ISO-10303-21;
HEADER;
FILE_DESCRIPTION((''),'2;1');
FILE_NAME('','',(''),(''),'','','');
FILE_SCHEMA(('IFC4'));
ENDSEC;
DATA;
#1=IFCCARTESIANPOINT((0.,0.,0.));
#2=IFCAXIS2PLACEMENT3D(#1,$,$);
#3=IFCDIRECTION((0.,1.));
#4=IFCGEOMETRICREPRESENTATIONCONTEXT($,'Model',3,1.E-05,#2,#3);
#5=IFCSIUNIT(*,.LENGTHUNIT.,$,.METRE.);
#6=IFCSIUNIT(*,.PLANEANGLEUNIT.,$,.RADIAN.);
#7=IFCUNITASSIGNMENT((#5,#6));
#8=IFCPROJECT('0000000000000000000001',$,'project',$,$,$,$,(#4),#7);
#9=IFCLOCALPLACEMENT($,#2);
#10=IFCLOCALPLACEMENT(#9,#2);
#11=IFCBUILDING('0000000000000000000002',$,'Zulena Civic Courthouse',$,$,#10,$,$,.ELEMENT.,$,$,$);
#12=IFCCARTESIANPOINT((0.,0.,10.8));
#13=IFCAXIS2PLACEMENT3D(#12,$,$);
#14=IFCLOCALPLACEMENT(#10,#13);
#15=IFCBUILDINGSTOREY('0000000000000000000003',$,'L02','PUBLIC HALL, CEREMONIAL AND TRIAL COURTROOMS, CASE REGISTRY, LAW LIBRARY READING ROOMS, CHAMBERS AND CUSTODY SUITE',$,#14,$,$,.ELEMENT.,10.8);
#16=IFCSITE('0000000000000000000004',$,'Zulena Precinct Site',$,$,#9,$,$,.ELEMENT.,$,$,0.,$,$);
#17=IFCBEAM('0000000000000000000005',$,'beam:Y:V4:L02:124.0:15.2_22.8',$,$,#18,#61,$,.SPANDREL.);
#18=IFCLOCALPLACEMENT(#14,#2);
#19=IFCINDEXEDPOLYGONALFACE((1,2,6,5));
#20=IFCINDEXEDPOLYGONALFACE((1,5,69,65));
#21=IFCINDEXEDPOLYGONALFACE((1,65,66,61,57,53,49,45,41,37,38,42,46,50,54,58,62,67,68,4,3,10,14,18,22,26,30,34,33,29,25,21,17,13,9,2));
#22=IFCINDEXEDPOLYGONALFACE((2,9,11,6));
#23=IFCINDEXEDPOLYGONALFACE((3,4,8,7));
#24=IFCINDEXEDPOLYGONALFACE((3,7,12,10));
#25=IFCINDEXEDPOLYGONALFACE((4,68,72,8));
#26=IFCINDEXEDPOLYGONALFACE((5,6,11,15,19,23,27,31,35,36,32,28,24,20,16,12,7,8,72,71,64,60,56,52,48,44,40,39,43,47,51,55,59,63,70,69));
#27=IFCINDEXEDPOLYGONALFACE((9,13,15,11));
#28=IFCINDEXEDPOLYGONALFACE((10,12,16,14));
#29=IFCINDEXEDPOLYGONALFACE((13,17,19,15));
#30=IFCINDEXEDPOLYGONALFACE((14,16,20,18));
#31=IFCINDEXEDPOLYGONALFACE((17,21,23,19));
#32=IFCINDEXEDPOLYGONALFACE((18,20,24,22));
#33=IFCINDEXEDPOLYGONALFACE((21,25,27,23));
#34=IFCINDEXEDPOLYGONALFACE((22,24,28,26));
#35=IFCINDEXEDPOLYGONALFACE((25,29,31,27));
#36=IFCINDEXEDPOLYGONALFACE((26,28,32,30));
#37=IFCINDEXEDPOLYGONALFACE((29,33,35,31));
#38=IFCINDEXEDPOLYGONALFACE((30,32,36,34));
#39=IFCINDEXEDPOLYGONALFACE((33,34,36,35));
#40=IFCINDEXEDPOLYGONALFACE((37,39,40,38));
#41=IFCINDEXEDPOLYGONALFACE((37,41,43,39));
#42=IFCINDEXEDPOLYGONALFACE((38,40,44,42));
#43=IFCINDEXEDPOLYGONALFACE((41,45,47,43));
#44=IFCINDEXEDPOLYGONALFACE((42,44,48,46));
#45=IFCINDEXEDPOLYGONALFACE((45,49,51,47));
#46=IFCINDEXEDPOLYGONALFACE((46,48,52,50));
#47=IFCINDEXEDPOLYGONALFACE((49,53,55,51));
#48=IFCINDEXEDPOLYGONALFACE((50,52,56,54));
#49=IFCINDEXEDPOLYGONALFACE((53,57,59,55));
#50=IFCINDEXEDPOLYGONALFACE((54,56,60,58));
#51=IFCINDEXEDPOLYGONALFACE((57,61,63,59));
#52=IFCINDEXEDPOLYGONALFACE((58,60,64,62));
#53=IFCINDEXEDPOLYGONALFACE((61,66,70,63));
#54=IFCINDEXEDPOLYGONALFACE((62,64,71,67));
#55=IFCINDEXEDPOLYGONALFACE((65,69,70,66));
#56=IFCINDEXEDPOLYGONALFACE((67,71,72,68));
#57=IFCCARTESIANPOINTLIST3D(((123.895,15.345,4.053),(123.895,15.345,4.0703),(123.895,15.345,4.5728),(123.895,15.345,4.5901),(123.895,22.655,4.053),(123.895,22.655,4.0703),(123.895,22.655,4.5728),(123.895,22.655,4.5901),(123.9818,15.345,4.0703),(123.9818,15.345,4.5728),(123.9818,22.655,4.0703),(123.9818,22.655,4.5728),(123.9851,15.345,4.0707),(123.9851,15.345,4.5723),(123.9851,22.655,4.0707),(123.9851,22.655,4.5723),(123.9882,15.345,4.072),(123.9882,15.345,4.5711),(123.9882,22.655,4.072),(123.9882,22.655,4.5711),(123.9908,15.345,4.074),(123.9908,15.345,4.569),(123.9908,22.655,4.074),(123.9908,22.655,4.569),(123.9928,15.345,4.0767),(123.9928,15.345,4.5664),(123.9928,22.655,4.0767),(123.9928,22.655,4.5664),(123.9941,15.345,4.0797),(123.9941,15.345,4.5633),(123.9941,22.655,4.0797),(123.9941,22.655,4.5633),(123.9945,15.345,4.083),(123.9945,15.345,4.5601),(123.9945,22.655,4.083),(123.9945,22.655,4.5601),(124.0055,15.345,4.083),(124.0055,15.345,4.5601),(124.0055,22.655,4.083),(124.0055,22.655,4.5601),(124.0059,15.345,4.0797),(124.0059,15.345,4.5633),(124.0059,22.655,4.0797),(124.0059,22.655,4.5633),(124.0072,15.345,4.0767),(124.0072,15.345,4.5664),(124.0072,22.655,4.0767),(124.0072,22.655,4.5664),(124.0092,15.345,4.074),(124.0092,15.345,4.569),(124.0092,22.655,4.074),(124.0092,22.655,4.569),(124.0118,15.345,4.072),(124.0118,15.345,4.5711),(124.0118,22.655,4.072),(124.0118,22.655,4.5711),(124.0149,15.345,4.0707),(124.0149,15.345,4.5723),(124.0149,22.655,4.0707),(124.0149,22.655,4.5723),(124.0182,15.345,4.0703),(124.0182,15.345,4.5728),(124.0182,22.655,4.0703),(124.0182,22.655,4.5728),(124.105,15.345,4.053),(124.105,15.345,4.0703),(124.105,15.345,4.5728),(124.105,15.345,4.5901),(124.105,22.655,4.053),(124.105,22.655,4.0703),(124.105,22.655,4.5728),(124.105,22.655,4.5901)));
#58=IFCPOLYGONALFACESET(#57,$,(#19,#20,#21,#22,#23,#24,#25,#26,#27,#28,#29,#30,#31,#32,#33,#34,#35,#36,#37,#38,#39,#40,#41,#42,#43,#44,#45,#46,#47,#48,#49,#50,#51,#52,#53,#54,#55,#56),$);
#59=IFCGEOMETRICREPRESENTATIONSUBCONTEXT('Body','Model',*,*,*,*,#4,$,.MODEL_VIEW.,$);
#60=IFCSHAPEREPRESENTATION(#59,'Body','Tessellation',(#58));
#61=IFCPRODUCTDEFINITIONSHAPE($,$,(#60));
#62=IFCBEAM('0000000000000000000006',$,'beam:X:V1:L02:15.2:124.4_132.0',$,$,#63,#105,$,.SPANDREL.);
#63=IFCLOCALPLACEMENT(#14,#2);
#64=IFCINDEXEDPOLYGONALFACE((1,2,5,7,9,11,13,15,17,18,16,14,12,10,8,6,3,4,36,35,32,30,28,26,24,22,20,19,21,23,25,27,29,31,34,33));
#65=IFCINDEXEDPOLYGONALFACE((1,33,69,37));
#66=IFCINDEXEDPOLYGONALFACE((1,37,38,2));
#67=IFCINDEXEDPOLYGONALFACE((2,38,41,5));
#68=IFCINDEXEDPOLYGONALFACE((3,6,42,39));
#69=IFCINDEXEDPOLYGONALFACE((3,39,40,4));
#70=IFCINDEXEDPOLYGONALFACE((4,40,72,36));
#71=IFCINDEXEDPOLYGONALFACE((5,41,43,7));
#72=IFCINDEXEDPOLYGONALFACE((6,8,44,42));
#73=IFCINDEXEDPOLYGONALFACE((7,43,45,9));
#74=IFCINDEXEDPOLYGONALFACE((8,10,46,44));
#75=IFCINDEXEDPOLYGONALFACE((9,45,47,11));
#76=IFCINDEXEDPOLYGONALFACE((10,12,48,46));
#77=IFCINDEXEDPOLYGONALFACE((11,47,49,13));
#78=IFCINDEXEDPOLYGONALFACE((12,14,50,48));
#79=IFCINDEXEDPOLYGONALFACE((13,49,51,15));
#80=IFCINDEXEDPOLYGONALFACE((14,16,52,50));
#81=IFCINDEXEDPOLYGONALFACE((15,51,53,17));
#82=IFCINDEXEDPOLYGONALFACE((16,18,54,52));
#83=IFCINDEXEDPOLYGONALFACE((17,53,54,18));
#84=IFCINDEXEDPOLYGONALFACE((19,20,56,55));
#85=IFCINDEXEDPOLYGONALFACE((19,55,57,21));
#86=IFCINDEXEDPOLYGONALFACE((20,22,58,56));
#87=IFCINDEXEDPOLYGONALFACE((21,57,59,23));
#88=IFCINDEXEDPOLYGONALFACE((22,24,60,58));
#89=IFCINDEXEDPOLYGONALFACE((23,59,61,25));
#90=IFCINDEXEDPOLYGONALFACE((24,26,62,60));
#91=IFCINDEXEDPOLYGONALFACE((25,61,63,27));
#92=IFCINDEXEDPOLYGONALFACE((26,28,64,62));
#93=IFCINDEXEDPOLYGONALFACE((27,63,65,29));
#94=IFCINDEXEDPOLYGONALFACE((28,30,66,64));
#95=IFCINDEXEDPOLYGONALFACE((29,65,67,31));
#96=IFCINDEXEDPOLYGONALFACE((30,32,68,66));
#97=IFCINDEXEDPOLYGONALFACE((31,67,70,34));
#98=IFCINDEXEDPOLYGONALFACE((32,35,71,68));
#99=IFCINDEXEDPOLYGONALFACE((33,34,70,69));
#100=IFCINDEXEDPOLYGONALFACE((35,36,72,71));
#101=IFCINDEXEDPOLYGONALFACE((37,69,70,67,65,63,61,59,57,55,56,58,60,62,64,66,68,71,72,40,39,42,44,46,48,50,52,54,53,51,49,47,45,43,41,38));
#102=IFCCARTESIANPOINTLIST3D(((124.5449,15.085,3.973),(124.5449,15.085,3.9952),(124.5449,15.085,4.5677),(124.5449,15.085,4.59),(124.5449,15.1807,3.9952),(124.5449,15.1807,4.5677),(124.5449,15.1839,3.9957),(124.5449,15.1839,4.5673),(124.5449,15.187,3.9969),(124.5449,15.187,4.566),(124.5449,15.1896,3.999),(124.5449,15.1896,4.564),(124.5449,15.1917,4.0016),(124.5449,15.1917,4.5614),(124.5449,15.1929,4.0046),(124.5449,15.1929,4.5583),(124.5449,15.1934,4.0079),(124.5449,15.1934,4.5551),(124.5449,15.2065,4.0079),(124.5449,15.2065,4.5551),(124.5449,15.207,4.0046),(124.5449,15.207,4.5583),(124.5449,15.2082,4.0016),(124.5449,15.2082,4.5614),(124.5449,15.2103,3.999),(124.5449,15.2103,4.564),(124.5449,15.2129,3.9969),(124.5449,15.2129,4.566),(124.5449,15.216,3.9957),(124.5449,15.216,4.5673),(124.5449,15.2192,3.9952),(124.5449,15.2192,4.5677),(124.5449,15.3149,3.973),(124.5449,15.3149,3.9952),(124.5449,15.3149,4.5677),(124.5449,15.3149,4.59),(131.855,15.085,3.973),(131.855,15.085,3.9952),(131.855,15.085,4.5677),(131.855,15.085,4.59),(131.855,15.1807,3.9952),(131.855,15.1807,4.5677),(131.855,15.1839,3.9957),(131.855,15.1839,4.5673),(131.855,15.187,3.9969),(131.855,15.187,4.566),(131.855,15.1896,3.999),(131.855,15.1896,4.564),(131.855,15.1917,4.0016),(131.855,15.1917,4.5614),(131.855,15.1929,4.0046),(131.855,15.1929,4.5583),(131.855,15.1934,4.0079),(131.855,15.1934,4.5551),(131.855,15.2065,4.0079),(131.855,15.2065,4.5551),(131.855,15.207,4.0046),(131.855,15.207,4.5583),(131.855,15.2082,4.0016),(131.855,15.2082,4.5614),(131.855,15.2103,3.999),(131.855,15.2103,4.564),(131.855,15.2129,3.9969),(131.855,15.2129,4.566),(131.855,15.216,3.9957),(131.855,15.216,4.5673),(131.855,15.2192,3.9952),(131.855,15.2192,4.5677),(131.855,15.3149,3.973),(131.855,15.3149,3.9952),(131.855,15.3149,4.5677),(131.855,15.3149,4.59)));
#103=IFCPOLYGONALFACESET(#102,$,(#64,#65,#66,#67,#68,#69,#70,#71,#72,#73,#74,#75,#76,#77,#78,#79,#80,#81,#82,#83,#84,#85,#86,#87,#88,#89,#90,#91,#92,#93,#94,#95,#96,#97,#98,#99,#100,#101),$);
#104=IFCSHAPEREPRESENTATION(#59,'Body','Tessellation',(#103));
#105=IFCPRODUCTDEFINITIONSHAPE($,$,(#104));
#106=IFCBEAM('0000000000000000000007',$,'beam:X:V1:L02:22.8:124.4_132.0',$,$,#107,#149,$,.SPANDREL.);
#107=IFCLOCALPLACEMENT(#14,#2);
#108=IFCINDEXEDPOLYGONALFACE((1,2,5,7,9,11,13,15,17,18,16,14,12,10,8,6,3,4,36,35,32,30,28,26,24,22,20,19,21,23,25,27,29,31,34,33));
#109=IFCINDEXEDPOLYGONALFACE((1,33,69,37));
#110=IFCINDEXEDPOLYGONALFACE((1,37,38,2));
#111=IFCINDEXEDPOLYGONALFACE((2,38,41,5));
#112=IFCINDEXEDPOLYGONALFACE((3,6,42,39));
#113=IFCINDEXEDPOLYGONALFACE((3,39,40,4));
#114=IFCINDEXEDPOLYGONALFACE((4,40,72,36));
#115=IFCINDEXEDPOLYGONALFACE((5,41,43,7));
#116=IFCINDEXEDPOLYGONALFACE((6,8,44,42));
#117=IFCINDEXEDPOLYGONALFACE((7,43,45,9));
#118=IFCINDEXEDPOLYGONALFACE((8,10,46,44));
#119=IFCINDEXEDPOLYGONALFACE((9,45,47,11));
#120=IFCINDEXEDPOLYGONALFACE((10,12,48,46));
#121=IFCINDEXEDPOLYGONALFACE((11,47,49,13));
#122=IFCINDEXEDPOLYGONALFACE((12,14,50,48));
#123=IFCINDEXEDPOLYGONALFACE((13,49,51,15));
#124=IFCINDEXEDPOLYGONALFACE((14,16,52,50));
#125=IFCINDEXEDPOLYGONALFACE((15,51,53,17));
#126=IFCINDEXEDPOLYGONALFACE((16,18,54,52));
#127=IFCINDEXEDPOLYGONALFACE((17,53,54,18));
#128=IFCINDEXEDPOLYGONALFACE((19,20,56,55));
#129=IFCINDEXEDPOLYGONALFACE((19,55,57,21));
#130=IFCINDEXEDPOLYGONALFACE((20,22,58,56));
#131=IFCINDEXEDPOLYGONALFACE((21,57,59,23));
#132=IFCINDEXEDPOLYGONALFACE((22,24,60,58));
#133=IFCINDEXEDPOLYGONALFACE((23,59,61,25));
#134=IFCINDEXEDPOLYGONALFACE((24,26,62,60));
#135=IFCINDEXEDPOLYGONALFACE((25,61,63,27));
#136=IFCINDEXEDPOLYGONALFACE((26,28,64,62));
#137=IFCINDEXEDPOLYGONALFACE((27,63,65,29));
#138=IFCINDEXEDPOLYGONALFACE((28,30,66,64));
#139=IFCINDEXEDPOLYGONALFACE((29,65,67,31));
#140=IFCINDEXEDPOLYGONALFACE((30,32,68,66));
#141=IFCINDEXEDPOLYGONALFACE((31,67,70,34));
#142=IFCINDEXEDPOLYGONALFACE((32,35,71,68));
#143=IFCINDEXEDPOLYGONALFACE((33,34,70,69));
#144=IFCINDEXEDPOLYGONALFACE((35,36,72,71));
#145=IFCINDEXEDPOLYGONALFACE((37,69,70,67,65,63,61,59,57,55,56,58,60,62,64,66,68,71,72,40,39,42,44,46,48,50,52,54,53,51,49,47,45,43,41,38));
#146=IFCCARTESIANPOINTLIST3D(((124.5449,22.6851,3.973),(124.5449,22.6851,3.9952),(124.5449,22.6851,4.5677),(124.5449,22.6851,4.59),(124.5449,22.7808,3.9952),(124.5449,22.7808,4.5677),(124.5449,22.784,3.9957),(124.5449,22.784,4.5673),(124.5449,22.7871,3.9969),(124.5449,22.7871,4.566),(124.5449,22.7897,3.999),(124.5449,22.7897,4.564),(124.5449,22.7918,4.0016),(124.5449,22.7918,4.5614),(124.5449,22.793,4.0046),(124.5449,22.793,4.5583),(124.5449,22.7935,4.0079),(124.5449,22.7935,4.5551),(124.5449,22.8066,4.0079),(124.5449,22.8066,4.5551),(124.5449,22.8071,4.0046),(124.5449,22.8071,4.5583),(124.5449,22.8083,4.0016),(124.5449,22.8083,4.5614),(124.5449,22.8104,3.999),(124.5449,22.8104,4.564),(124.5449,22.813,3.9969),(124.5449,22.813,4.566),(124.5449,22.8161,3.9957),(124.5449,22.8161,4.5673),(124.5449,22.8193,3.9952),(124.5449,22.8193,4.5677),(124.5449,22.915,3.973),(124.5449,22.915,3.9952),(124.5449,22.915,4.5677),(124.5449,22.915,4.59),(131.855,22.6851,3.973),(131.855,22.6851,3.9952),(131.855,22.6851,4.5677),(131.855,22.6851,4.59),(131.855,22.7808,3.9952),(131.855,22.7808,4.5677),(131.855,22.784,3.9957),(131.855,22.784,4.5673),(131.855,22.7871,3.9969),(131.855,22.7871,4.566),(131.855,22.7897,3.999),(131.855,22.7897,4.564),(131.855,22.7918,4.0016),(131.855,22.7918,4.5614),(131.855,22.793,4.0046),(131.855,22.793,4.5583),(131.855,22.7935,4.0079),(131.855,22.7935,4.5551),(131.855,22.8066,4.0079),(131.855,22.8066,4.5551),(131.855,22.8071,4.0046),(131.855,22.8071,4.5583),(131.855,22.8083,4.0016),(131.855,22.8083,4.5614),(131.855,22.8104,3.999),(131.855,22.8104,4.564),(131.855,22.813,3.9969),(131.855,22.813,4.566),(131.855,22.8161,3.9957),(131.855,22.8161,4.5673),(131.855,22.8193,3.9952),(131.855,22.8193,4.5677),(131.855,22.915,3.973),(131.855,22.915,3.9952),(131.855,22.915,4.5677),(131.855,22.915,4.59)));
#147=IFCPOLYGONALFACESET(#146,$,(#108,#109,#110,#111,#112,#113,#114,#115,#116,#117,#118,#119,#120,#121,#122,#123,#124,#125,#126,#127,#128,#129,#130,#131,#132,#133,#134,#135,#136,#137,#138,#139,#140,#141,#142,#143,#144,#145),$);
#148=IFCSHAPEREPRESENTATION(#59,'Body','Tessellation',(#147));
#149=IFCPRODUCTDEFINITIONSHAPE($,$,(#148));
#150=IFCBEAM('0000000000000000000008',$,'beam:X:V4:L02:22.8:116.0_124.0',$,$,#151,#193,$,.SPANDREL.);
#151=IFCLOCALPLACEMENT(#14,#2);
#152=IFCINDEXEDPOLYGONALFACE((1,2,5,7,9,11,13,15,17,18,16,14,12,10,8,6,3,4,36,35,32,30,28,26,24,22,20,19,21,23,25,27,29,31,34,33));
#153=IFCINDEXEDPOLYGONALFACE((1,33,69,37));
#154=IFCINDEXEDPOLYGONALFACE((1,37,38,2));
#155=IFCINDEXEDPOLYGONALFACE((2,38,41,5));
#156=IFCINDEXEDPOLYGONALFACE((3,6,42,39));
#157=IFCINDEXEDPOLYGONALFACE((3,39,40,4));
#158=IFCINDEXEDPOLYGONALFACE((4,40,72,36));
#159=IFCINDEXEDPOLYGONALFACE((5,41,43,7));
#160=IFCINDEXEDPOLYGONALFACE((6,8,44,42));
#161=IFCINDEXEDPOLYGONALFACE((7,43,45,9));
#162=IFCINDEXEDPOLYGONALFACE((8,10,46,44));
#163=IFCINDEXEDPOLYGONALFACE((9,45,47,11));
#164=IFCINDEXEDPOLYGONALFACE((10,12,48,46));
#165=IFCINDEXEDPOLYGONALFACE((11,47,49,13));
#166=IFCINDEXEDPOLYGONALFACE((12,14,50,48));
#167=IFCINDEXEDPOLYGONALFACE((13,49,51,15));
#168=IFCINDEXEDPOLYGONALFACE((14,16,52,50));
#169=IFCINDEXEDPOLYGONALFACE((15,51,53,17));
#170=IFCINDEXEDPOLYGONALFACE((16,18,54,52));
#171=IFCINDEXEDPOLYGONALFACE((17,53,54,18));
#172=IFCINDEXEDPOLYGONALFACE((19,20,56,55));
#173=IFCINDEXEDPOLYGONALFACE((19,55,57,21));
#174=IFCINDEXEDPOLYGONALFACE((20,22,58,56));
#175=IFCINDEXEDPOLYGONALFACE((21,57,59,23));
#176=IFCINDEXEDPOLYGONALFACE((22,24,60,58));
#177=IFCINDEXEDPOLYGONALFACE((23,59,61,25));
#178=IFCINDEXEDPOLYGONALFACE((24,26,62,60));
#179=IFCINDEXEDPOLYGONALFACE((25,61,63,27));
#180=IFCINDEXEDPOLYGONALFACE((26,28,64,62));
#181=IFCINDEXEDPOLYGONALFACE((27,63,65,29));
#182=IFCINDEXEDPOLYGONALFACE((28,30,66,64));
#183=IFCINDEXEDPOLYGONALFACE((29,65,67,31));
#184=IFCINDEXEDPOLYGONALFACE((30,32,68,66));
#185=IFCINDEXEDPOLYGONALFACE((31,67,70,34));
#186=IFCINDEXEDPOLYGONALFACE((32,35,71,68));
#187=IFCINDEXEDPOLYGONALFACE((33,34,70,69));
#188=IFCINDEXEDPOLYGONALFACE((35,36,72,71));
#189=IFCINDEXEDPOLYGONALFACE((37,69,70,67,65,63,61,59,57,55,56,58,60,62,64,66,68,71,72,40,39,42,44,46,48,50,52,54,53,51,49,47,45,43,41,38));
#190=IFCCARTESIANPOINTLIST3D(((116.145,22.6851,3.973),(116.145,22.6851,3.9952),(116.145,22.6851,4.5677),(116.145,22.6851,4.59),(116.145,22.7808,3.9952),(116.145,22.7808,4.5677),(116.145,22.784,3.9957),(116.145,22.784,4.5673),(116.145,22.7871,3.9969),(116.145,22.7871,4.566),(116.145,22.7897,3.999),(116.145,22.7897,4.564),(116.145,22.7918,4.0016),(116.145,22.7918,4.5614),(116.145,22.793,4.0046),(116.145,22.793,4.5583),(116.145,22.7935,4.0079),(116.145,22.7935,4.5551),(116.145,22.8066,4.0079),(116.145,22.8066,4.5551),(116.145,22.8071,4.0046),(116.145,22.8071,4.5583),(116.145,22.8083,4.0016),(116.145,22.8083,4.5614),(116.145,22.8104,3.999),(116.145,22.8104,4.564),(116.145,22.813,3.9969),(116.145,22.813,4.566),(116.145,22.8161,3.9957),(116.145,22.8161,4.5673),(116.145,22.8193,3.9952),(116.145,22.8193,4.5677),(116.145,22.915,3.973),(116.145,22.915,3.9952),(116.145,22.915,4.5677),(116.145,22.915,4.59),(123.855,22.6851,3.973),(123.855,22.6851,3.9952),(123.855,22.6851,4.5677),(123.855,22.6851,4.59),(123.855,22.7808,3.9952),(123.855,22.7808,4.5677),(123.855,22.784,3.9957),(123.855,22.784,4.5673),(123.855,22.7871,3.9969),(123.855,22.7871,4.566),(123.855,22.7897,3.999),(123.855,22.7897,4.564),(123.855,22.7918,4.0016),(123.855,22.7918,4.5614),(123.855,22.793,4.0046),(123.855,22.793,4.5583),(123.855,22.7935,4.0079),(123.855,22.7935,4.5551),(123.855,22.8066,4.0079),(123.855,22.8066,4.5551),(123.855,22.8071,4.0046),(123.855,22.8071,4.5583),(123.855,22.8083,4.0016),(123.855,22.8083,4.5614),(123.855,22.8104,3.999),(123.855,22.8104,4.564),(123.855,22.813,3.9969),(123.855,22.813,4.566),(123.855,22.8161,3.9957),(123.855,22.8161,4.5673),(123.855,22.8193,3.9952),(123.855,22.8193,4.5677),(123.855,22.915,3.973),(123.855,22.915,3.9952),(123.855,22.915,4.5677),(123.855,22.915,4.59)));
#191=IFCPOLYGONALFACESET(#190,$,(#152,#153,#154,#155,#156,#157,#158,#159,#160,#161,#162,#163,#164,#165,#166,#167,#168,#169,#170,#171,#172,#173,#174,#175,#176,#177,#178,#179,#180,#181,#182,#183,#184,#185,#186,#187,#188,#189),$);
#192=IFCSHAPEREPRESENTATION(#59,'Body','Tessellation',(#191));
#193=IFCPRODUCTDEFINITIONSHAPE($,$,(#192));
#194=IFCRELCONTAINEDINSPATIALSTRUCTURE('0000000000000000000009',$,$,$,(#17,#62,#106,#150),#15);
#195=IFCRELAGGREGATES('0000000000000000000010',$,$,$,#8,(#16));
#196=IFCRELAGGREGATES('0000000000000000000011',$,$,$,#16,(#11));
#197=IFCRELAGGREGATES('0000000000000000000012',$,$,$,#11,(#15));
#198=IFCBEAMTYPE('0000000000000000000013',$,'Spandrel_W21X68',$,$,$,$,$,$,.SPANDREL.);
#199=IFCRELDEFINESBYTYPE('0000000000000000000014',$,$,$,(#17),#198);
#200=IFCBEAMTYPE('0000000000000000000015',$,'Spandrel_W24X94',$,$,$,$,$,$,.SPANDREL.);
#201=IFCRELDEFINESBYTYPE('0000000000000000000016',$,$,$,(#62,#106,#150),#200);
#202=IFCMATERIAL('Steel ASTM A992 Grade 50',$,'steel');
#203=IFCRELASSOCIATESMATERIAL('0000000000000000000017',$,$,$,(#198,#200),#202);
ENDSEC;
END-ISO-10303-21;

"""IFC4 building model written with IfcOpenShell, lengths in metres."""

from ifc_helpers import new_model, si_unit, direction, frame, origin, origin_2d, place, context, subcontext, project, spatial, i_section, extrude, material, material_profile, profile_set, type_object, element, save


model = new_model("IFC4")

# Units and contexts
model_context = context("Model", 3, precision=1e-05, world=origin(), true_north=direction((0.0, 1.0)))
body_context = subcontext(model_context, "Body", "Model", "MODEL_VIEW")
ifc_project = project(units=[si_unit("LENGTHUNIT", "METRE"), si_unit("PLANEANGLEUNIT", "RADIAN")], contexts=[model_context])

# Site, building, storey
site_placement = place(None, origin())
site = spatial("IfcSite", under=ifc_project, at=site_placement, Name="Zulena Precinct Site", CompositionType="ELEMENT", RefElevation=0.0)
building_placement = place(site_placement, origin())
building = spatial("IfcBuilding", under=site, at=building_placement, Name="Zulena Civic Courthouse", CompositionType="ELEMENT")
storey_placement = place(building_placement, frame((0.0, 0.0, 10.8)))
storey = spatial("IfcBuildingStorey", under=building, at=storey_placement, Name="L02", Description="PUBLIC HALL, CEREMONIAL AND TRIAL COURTROOMS, CASE REGISTRY, LAW LIBRARY READING ROOMS, CHAMBERS AND CUSTODY SUITE", CompositionType="ELEMENT", Elevation=10.8)

# Shared definitions
ifc_material_1 = material(Name="Steel ASTM A992 Grade 50", Category="steel")

# Beams
ifc_material_profile_1 = material_profile(ifc_material_1, i_section(OverallWidth=0.21, OverallDepth=0.5371, WebThickness=0.011, FlangeThickness=0.0173, FilletRadius=0.0127, at=origin_2d()), Name="W21X68")
ifc_profile_set_1 = profile_set([ifc_material_profile_1], Name="Steel ASTM A992 Grade 50")
beam_type_1 = type_object("IfcBeamType", Name="Spandrel_W21X68", PredefinedType="SPANDREL", material=ifc_profile_set_1)
for number, where, z_axis, x_axis, name in (
    (1, (124.0, 15.345, 4.3215), (0.0, 1.0, 0.0), (-1.0, 0.0, 0.0), "beam:Y:V4:L02:124.0:15.2_22.8"),
):
    element("IfcBeam", number, at=place(storey_placement, frame(where, z_axis=z_axis, x_axis=x_axis)), inside=storey, type_object=beam_type_1, Name=name, PredefinedType="SPANDREL", context=body_context, shape_type="SweptSolid", body=[
        extrude(i_section(OverallWidth=0.21, OverallDepth=0.5371, WebThickness=0.011, FlangeThickness=0.0173, FilletRadius=0.0127, at=origin_2d()), origin(), (0.0, 0.0, 1.0), 7.3101),
    ])
ifc_material_profile_2 = material_profile(ifc_material_1, i_section(OverallWidth=0.23, OverallDepth=0.6169, WebThickness=0.0132, FlangeThickness=0.0222, FilletRadius=0.0127, at=origin_2d()), Name="W24X94")
ifc_profile_set_2 = profile_set([ifc_material_profile_2], Name="Steel ASTM A992 Grade 50")
beam_type_2 = type_object("IfcBeamType", Name="Spandrel_W24X94", PredefinedType="SPANDREL", material=ifc_profile_set_2)
for number, where, z_axis, x_axis, name in (
    (2, (124.5449, 15.2, 4.2815), (1.0, 0.0, 0.0), (0.0, 1.0, 0.0), "beam:X:V1:L02:15.2:124.4_132.0"),
    (3, (124.5449, 22.8, 4.2815), (1.0, 0.0, 0.0), (0.0, 1.0, 0.0), "beam:X:V1:L02:22.8:124.4_132.0"),
):
    element("IfcBeam", number, at=place(storey_placement, frame(where, z_axis=z_axis, x_axis=x_axis)), inside=storey, type_object=beam_type_2, Name=name, PredefinedType="SPANDREL", context=body_context, shape_type="SweptSolid", body=[
        extrude(i_section(OverallWidth=0.23, OverallDepth=0.6169, WebThickness=0.0132, FlangeThickness=0.0222, FilletRadius=0.0127, at=origin_2d()), origin(), (0.0, 0.0, 1.0), 7.3101),
    ])
beam_1_placement = place(storey_placement, frame((116.145, 22.8, 4.2815), z_axis=(1.0, 0.0, 0.0), x_axis=(0.0, 1.0, 0.0)))
element("IfcBeam", 4, at=beam_1_placement, inside=storey, type_object=beam_type_2, Name="beam:X:V4:L02:22.8:116.0_124.0", PredefinedType="SPANDREL", context=body_context, shape_type="SweptSolid", body=[
    extrude(i_section(OverallWidth=0.23, OverallDepth=0.6169, WebThickness=0.0132, FlangeThickness=0.0222, FilletRadius=0.0127, at=origin_2d()), origin(), (0.0, 0.0, 1.0), 7.71),
])

save(model, "model.ifc")
